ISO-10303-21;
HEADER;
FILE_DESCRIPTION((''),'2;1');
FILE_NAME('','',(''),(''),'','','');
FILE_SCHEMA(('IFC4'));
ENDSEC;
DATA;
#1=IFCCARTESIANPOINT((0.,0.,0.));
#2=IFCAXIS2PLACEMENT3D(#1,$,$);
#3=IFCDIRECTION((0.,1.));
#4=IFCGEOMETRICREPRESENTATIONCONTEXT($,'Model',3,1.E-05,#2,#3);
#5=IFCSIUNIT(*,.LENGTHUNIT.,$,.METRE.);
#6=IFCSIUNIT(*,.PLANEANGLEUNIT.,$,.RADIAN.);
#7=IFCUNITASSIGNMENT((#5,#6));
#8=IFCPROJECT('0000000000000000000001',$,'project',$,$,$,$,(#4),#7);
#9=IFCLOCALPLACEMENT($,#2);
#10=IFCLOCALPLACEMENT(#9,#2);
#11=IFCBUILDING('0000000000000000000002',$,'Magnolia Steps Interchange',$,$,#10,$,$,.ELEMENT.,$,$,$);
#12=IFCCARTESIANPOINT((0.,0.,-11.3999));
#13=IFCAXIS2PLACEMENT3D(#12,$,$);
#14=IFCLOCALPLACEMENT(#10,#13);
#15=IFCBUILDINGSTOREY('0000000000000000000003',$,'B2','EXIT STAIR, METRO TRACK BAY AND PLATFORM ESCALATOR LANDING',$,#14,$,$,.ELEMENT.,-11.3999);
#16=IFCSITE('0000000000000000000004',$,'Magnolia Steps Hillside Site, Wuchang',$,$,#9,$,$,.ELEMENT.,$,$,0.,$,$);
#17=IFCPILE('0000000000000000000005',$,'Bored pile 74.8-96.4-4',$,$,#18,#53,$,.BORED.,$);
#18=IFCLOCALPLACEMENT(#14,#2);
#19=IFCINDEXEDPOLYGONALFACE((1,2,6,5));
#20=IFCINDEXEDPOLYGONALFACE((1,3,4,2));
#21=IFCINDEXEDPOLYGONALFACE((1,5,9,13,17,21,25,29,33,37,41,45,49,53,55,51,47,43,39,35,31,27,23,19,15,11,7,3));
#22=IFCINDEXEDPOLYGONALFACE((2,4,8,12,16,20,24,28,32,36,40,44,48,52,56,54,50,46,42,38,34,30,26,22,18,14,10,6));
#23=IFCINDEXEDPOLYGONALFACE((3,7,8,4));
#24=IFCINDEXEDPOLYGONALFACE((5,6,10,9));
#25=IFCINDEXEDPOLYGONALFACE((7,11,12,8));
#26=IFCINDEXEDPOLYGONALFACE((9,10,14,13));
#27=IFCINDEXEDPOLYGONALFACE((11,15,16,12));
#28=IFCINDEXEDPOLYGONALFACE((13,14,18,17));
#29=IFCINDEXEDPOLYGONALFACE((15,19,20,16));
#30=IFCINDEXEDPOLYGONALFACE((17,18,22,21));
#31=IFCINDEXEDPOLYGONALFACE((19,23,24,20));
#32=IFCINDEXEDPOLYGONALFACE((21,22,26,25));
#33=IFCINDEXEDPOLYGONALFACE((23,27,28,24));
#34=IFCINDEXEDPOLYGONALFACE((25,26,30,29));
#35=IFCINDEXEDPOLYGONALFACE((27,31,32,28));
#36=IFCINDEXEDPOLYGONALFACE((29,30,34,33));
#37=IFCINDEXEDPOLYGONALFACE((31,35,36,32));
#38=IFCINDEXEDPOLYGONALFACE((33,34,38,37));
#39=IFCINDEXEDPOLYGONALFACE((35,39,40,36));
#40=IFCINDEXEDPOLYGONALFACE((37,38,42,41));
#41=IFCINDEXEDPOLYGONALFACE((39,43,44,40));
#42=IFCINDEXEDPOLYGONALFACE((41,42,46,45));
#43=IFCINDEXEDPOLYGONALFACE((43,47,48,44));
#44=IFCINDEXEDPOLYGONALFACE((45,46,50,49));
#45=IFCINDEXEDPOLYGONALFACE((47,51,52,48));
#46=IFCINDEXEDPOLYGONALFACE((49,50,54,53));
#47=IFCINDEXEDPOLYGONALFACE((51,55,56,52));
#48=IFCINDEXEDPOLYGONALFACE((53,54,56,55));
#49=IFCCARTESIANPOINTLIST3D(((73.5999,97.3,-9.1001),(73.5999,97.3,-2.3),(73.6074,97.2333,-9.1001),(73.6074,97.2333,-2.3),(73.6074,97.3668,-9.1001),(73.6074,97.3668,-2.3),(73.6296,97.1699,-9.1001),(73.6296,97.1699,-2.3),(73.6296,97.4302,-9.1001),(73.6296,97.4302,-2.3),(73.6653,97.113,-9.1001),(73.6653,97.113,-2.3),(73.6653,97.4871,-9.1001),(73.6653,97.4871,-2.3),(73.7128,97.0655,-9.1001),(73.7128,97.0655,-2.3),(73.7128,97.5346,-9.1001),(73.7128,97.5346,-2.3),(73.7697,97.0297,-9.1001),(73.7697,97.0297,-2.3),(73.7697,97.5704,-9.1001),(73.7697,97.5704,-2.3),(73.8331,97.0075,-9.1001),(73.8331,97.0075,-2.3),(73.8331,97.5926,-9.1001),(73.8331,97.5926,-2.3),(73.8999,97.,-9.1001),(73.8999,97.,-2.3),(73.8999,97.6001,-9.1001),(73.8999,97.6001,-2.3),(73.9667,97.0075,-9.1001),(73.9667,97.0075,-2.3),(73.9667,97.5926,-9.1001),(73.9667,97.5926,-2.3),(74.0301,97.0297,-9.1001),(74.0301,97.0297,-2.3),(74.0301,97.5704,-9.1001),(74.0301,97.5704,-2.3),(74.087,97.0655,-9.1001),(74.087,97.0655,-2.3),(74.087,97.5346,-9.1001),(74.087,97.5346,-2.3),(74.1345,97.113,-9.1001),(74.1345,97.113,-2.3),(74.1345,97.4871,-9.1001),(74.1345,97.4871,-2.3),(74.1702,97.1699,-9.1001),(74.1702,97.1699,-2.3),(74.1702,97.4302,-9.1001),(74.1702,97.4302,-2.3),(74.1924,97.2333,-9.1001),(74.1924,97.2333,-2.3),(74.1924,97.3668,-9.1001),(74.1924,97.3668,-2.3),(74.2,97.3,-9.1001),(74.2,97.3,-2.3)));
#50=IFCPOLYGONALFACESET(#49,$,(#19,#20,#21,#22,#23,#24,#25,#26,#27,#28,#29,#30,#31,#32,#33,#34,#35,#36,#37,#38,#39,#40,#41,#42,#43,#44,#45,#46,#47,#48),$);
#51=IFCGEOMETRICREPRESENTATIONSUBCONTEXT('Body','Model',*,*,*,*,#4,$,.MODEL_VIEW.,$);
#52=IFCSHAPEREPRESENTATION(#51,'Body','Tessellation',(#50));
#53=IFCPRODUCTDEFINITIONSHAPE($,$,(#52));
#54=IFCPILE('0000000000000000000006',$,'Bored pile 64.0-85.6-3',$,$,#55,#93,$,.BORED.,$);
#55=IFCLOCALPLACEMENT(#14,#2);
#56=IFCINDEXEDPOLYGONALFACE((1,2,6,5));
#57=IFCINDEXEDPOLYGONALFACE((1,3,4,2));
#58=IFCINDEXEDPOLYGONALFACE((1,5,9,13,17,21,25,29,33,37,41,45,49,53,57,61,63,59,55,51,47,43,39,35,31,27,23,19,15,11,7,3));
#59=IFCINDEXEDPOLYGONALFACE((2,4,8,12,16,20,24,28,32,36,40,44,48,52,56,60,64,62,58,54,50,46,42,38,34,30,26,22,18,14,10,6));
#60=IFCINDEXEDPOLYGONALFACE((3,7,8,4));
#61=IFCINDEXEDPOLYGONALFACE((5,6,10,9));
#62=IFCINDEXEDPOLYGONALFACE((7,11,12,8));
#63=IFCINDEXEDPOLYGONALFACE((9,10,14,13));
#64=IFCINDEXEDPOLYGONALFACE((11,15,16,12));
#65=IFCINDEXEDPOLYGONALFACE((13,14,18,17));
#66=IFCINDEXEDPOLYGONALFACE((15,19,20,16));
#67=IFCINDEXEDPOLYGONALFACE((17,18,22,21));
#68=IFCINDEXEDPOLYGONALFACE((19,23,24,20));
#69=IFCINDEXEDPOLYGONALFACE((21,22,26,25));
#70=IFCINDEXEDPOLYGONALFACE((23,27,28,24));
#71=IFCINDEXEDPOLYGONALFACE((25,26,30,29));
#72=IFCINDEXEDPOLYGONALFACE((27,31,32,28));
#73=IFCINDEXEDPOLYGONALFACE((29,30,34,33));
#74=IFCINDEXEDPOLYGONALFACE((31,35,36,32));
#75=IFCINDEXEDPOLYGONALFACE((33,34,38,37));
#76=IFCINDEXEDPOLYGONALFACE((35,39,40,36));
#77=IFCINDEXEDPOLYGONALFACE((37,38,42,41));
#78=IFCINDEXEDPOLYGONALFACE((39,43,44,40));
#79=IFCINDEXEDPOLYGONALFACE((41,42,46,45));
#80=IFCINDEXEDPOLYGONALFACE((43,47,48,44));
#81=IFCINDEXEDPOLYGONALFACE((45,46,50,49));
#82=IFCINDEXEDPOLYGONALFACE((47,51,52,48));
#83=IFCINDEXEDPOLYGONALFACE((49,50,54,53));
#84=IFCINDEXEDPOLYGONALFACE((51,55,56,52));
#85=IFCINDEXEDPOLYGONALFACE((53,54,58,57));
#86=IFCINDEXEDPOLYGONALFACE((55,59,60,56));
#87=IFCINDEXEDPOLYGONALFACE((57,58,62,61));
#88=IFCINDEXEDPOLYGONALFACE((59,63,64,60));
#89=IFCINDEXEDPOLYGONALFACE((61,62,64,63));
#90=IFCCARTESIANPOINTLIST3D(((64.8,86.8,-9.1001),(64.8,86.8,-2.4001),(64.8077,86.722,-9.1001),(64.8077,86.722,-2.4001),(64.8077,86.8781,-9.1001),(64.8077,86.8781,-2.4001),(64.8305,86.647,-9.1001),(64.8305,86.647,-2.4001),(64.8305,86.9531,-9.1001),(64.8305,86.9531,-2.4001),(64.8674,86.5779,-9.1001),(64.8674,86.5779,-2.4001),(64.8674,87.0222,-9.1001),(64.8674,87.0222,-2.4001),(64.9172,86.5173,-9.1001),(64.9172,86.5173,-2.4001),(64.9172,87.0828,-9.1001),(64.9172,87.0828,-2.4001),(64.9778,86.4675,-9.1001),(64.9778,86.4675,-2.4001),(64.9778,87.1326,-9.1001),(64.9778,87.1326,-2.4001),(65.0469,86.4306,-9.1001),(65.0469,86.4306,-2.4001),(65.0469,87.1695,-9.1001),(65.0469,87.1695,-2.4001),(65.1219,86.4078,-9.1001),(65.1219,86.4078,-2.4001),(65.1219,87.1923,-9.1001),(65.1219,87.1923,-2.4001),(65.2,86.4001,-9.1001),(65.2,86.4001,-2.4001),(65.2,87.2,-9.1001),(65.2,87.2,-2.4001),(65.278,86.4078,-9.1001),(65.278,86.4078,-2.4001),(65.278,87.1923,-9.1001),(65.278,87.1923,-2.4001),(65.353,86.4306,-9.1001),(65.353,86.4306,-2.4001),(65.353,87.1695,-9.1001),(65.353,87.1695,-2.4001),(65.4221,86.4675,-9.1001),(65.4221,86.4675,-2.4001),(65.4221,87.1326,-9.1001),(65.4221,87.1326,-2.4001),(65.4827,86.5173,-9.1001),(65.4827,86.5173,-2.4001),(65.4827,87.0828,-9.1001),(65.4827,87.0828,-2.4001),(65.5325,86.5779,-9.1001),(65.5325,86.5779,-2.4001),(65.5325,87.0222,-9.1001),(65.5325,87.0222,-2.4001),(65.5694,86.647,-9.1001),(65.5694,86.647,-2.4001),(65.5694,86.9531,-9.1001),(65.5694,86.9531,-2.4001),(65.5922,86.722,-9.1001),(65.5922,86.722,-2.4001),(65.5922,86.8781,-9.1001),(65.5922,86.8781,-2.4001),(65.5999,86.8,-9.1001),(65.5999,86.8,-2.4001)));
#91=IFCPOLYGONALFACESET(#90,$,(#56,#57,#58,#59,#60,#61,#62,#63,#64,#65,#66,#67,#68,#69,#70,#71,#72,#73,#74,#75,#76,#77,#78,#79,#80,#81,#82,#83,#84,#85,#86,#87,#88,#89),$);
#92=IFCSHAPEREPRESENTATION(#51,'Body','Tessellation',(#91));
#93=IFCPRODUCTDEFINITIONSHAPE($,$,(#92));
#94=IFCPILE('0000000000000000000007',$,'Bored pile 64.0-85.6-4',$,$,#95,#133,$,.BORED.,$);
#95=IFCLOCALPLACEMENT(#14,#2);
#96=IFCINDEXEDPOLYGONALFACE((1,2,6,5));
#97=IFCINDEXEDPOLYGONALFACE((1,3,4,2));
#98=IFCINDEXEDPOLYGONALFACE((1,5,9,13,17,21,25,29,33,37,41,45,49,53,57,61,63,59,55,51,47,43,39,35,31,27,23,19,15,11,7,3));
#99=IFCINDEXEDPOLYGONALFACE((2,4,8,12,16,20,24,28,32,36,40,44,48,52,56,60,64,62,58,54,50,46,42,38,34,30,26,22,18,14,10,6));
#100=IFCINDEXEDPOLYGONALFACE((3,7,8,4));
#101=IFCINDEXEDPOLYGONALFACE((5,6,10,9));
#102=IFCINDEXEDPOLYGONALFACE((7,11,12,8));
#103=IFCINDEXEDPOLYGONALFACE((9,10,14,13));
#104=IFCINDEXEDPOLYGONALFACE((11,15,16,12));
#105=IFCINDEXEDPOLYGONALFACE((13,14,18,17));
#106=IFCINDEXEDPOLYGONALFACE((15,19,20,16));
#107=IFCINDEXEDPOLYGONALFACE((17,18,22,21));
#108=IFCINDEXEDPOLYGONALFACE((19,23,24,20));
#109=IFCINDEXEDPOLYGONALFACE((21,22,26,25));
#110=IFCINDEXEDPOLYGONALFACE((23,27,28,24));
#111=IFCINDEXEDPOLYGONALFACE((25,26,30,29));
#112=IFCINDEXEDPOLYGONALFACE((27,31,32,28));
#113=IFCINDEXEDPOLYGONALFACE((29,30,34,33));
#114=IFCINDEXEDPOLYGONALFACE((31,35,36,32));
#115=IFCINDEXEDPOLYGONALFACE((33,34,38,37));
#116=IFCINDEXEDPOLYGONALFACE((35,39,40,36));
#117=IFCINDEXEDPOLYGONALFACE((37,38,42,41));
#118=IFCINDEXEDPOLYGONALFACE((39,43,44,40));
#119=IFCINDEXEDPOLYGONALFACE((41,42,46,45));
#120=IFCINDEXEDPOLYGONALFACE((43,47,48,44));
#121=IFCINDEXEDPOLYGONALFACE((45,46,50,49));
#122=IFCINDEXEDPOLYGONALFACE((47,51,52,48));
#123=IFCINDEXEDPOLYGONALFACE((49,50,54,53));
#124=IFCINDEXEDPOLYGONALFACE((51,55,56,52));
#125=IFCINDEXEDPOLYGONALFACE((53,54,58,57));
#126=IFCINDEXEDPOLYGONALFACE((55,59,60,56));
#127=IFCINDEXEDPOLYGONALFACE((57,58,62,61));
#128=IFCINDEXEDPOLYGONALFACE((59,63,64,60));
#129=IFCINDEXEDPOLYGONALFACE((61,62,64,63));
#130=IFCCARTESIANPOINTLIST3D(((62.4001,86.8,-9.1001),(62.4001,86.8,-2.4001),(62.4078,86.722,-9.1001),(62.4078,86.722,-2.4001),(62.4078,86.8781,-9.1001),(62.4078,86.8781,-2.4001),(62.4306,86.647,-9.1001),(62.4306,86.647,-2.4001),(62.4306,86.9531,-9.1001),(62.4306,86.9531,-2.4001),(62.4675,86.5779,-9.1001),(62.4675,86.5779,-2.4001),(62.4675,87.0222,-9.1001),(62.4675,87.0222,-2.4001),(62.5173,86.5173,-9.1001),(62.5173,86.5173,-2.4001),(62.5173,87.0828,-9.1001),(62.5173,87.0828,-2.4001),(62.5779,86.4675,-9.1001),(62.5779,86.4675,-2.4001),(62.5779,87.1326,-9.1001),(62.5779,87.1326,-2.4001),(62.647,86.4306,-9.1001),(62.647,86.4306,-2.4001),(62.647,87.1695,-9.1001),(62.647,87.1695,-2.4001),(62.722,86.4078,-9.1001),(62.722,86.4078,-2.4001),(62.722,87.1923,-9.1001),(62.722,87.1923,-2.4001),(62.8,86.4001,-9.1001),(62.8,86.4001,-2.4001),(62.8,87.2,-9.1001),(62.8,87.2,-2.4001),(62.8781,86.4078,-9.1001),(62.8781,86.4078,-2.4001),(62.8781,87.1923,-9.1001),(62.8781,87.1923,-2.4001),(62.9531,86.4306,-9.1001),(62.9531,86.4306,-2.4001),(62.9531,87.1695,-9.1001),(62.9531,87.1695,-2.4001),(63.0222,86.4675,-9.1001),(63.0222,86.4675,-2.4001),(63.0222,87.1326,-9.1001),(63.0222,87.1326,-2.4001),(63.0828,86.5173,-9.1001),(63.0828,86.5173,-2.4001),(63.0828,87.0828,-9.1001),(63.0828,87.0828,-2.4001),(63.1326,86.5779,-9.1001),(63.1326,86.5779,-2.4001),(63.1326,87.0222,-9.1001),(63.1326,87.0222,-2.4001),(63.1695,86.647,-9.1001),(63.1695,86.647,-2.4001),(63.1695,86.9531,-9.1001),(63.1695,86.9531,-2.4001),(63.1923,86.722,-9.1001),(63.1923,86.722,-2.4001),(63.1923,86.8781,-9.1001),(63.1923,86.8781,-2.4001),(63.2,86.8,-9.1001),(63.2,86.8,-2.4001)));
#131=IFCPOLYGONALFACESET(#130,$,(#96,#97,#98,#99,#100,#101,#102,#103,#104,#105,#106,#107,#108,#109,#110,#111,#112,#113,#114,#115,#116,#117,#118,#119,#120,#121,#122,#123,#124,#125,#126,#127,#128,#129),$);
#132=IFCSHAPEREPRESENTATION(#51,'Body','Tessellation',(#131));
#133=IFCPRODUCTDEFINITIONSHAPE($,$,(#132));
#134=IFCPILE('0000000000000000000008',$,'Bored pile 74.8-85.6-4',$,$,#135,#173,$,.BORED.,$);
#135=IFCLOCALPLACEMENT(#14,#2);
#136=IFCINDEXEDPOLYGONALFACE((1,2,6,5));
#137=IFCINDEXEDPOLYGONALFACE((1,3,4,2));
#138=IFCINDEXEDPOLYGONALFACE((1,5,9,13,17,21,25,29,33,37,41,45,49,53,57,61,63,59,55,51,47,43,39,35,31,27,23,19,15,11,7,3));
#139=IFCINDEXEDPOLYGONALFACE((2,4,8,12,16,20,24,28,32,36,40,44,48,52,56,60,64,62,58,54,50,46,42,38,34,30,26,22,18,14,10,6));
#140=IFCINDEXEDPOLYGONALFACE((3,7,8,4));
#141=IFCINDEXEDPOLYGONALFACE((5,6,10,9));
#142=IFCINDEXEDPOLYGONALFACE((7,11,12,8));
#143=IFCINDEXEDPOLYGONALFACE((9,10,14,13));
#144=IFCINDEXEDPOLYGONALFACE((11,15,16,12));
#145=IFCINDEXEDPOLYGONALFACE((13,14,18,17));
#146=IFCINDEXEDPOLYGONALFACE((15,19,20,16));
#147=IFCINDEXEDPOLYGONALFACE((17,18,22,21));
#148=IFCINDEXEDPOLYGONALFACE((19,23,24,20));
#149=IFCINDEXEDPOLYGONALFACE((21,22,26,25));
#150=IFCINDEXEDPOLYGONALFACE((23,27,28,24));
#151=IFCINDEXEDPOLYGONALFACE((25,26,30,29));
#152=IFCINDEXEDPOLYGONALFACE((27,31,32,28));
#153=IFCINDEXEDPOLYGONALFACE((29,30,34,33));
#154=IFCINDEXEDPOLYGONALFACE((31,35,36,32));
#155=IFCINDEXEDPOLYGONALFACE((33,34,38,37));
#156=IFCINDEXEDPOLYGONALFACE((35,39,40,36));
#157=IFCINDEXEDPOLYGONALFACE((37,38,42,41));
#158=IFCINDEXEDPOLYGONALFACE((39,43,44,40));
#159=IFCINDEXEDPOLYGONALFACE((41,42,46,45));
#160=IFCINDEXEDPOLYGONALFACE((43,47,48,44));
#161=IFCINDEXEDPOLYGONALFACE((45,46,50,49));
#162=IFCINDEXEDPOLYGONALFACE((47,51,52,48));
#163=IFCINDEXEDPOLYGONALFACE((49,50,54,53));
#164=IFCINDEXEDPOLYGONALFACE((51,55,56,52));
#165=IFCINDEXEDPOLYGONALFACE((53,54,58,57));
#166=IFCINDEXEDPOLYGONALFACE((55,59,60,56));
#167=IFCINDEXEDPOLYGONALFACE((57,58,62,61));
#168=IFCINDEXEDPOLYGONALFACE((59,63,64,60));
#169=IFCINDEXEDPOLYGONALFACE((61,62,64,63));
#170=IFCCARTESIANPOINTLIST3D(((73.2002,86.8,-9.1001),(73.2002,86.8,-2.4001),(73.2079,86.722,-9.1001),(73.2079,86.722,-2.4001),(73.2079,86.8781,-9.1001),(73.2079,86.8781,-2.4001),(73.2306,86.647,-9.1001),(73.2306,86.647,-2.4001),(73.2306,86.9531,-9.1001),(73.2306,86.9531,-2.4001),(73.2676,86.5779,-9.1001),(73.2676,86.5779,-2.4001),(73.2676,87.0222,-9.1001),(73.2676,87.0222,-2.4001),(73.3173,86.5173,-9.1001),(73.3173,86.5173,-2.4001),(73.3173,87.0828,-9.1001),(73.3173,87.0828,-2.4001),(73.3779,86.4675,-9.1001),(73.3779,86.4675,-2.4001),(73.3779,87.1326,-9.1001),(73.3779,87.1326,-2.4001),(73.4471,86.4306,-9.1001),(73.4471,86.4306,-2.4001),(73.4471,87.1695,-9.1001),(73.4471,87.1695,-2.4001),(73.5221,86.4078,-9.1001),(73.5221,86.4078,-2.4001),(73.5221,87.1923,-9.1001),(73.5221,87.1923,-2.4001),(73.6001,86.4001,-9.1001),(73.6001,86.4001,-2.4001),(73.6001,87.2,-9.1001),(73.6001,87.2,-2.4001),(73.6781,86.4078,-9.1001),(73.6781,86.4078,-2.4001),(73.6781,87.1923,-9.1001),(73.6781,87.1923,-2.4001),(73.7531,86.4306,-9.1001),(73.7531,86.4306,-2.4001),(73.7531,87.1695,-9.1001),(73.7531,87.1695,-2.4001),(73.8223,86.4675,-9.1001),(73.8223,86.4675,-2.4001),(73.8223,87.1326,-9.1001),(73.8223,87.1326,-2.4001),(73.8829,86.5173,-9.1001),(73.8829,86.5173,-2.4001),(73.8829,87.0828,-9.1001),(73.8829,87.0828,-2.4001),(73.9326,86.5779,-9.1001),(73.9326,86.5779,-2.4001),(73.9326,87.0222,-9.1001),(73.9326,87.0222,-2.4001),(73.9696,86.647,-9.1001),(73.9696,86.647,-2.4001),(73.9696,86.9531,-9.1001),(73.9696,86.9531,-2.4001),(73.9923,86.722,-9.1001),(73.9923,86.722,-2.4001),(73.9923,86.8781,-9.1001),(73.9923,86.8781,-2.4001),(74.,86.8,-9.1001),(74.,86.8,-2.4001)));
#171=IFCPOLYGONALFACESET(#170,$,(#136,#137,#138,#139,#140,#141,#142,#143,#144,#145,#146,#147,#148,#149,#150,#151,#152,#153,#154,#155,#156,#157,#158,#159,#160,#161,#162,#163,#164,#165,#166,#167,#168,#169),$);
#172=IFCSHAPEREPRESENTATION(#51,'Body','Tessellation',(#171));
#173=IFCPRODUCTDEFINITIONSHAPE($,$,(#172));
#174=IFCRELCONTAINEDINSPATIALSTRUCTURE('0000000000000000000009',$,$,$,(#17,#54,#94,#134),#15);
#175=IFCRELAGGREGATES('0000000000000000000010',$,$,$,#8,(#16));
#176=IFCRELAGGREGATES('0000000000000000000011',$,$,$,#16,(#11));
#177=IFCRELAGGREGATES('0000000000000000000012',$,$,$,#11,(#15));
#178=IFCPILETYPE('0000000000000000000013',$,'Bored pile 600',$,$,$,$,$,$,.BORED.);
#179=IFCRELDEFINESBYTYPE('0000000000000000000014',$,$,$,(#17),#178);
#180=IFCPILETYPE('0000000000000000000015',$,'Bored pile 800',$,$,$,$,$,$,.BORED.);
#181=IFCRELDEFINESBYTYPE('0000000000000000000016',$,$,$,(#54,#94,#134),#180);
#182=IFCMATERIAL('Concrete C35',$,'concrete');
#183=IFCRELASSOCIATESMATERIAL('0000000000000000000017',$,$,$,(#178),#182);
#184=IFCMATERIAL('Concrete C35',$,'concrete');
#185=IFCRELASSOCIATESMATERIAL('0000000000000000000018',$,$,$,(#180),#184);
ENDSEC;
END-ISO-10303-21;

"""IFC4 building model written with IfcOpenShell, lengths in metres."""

from ifc_helpers import new_model, si_unit, direction, frame, origin, origin_2d, place, context, subcontext, project, spatial, circle, extrude, material, material_profile, profile_set, type_object, element, save


model = new_model("IFC4")

# Units and contexts
model_context = context("Model", 3, precision=1e-05, world=origin(), true_north=direction((0.0, 1.0)))
body_context = subcontext(model_context, "Body", "Model", "MODEL_VIEW")
ifc_project = project(units=[si_unit("LENGTHUNIT", "METRE"), si_unit("PLANEANGLEUNIT", "RADIAN")], contexts=[model_context])

# Site, building, storey
site_placement = place(None, origin())
site = spatial("IfcSite", under=ifc_project, at=site_placement, Name="Magnolia Steps Hillside Site, Wuchang", CompositionType="ELEMENT", RefElevation=0.0)
building_placement = place(site_placement, origin())
building = spatial("IfcBuilding", under=site, at=building_placement, Name="Magnolia Steps Interchange", CompositionType="ELEMENT")
storey_placement = place(building_placement, frame((0.0, 0.0, -11.3999)))
storey = spatial("IfcBuildingStorey", under=building, at=storey_placement, Name="B2", Description="EXIT STAIR, METRO TRACK BAY AND PLATFORM ESCALATOR LANDING", CompositionType="ELEMENT", Elevation=-11.3999)

# Piles
ifc_material_1 = material(Name="Concrete C35", Category="concrete")
ifc_material_profile_1 = material_profile(ifc_material_1, circle(Radius=0.3, at=origin_2d()), Name="Bored pile 600")
ifc_profile_set_1 = profile_set([ifc_material_profile_1], Name="Concrete C35")
pile_type_1 = type_object("IfcPileType", Name="Bored pile 600", PredefinedType="BORED", material=ifc_profile_set_1)
for number, where, z_axis, x_axis, name in (
    (1, (73.8999, 97.3, -2.3), (0.0, 0.0, -1.0), (1.0, 0.0, 0.0), "Bored pile 74.8-96.4-4"),
):
    element("IfcPile", number, at=place(storey_placement, frame(where, z_axis=z_axis, x_axis=x_axis)), inside=storey, type_object=pile_type_1, Name=name, PredefinedType="BORED", context=body_context, shape_type="SweptSolid", body=[
        extrude(circle(Radius=0.3, at=origin_2d()), origin(), (0.0, 0.0, 1.0), 6.8),
    ])
ifc_material_2 = material(Name="Concrete C35", Category="concrete")
ifc_material_profile_2 = material_profile(ifc_material_2, circle(Radius=0.3999, at=origin_2d()), Name="Bored pile 800")
ifc_profile_set_2 = profile_set([ifc_material_profile_2], Name="Concrete C35")
pile_type_2 = type_object("IfcPileType", Name="Bored pile 800", PredefinedType="BORED", material=ifc_profile_set_2)
for number, where, z_axis, x_axis, name in (
    (2, (65.2, 86.8, -2.4001), (0.0, 0.0, -1.0), (1.0, 0.0, 0.0), "Bored pile 64.0-85.6-3"),
    (3, (62.8, 86.8, -2.4001), (0.0, 0.0, -1.0), (1.0, 0.0, 0.0), "Bored pile 64.0-85.6-4"),
    (4, (73.6001, 86.8, -2.4001), (0.0, 0.0, -1.0), (1.0, 0.0, 0.0), "Bored pile 74.8-85.6-4"),
):
    element("IfcPile", number, at=place(storey_placement, frame(where, z_axis=z_axis, x_axis=x_axis)), inside=storey, type_object=pile_type_2, Name=name, PredefinedType="BORED", context=body_context, shape_type="SweptSolid", body=[
        extrude(circle(Radius=0.3999, at=origin_2d()), origin(), (0.0, 0.0, 1.0), 6.7),
    ])

save(model, "model.ifc")
